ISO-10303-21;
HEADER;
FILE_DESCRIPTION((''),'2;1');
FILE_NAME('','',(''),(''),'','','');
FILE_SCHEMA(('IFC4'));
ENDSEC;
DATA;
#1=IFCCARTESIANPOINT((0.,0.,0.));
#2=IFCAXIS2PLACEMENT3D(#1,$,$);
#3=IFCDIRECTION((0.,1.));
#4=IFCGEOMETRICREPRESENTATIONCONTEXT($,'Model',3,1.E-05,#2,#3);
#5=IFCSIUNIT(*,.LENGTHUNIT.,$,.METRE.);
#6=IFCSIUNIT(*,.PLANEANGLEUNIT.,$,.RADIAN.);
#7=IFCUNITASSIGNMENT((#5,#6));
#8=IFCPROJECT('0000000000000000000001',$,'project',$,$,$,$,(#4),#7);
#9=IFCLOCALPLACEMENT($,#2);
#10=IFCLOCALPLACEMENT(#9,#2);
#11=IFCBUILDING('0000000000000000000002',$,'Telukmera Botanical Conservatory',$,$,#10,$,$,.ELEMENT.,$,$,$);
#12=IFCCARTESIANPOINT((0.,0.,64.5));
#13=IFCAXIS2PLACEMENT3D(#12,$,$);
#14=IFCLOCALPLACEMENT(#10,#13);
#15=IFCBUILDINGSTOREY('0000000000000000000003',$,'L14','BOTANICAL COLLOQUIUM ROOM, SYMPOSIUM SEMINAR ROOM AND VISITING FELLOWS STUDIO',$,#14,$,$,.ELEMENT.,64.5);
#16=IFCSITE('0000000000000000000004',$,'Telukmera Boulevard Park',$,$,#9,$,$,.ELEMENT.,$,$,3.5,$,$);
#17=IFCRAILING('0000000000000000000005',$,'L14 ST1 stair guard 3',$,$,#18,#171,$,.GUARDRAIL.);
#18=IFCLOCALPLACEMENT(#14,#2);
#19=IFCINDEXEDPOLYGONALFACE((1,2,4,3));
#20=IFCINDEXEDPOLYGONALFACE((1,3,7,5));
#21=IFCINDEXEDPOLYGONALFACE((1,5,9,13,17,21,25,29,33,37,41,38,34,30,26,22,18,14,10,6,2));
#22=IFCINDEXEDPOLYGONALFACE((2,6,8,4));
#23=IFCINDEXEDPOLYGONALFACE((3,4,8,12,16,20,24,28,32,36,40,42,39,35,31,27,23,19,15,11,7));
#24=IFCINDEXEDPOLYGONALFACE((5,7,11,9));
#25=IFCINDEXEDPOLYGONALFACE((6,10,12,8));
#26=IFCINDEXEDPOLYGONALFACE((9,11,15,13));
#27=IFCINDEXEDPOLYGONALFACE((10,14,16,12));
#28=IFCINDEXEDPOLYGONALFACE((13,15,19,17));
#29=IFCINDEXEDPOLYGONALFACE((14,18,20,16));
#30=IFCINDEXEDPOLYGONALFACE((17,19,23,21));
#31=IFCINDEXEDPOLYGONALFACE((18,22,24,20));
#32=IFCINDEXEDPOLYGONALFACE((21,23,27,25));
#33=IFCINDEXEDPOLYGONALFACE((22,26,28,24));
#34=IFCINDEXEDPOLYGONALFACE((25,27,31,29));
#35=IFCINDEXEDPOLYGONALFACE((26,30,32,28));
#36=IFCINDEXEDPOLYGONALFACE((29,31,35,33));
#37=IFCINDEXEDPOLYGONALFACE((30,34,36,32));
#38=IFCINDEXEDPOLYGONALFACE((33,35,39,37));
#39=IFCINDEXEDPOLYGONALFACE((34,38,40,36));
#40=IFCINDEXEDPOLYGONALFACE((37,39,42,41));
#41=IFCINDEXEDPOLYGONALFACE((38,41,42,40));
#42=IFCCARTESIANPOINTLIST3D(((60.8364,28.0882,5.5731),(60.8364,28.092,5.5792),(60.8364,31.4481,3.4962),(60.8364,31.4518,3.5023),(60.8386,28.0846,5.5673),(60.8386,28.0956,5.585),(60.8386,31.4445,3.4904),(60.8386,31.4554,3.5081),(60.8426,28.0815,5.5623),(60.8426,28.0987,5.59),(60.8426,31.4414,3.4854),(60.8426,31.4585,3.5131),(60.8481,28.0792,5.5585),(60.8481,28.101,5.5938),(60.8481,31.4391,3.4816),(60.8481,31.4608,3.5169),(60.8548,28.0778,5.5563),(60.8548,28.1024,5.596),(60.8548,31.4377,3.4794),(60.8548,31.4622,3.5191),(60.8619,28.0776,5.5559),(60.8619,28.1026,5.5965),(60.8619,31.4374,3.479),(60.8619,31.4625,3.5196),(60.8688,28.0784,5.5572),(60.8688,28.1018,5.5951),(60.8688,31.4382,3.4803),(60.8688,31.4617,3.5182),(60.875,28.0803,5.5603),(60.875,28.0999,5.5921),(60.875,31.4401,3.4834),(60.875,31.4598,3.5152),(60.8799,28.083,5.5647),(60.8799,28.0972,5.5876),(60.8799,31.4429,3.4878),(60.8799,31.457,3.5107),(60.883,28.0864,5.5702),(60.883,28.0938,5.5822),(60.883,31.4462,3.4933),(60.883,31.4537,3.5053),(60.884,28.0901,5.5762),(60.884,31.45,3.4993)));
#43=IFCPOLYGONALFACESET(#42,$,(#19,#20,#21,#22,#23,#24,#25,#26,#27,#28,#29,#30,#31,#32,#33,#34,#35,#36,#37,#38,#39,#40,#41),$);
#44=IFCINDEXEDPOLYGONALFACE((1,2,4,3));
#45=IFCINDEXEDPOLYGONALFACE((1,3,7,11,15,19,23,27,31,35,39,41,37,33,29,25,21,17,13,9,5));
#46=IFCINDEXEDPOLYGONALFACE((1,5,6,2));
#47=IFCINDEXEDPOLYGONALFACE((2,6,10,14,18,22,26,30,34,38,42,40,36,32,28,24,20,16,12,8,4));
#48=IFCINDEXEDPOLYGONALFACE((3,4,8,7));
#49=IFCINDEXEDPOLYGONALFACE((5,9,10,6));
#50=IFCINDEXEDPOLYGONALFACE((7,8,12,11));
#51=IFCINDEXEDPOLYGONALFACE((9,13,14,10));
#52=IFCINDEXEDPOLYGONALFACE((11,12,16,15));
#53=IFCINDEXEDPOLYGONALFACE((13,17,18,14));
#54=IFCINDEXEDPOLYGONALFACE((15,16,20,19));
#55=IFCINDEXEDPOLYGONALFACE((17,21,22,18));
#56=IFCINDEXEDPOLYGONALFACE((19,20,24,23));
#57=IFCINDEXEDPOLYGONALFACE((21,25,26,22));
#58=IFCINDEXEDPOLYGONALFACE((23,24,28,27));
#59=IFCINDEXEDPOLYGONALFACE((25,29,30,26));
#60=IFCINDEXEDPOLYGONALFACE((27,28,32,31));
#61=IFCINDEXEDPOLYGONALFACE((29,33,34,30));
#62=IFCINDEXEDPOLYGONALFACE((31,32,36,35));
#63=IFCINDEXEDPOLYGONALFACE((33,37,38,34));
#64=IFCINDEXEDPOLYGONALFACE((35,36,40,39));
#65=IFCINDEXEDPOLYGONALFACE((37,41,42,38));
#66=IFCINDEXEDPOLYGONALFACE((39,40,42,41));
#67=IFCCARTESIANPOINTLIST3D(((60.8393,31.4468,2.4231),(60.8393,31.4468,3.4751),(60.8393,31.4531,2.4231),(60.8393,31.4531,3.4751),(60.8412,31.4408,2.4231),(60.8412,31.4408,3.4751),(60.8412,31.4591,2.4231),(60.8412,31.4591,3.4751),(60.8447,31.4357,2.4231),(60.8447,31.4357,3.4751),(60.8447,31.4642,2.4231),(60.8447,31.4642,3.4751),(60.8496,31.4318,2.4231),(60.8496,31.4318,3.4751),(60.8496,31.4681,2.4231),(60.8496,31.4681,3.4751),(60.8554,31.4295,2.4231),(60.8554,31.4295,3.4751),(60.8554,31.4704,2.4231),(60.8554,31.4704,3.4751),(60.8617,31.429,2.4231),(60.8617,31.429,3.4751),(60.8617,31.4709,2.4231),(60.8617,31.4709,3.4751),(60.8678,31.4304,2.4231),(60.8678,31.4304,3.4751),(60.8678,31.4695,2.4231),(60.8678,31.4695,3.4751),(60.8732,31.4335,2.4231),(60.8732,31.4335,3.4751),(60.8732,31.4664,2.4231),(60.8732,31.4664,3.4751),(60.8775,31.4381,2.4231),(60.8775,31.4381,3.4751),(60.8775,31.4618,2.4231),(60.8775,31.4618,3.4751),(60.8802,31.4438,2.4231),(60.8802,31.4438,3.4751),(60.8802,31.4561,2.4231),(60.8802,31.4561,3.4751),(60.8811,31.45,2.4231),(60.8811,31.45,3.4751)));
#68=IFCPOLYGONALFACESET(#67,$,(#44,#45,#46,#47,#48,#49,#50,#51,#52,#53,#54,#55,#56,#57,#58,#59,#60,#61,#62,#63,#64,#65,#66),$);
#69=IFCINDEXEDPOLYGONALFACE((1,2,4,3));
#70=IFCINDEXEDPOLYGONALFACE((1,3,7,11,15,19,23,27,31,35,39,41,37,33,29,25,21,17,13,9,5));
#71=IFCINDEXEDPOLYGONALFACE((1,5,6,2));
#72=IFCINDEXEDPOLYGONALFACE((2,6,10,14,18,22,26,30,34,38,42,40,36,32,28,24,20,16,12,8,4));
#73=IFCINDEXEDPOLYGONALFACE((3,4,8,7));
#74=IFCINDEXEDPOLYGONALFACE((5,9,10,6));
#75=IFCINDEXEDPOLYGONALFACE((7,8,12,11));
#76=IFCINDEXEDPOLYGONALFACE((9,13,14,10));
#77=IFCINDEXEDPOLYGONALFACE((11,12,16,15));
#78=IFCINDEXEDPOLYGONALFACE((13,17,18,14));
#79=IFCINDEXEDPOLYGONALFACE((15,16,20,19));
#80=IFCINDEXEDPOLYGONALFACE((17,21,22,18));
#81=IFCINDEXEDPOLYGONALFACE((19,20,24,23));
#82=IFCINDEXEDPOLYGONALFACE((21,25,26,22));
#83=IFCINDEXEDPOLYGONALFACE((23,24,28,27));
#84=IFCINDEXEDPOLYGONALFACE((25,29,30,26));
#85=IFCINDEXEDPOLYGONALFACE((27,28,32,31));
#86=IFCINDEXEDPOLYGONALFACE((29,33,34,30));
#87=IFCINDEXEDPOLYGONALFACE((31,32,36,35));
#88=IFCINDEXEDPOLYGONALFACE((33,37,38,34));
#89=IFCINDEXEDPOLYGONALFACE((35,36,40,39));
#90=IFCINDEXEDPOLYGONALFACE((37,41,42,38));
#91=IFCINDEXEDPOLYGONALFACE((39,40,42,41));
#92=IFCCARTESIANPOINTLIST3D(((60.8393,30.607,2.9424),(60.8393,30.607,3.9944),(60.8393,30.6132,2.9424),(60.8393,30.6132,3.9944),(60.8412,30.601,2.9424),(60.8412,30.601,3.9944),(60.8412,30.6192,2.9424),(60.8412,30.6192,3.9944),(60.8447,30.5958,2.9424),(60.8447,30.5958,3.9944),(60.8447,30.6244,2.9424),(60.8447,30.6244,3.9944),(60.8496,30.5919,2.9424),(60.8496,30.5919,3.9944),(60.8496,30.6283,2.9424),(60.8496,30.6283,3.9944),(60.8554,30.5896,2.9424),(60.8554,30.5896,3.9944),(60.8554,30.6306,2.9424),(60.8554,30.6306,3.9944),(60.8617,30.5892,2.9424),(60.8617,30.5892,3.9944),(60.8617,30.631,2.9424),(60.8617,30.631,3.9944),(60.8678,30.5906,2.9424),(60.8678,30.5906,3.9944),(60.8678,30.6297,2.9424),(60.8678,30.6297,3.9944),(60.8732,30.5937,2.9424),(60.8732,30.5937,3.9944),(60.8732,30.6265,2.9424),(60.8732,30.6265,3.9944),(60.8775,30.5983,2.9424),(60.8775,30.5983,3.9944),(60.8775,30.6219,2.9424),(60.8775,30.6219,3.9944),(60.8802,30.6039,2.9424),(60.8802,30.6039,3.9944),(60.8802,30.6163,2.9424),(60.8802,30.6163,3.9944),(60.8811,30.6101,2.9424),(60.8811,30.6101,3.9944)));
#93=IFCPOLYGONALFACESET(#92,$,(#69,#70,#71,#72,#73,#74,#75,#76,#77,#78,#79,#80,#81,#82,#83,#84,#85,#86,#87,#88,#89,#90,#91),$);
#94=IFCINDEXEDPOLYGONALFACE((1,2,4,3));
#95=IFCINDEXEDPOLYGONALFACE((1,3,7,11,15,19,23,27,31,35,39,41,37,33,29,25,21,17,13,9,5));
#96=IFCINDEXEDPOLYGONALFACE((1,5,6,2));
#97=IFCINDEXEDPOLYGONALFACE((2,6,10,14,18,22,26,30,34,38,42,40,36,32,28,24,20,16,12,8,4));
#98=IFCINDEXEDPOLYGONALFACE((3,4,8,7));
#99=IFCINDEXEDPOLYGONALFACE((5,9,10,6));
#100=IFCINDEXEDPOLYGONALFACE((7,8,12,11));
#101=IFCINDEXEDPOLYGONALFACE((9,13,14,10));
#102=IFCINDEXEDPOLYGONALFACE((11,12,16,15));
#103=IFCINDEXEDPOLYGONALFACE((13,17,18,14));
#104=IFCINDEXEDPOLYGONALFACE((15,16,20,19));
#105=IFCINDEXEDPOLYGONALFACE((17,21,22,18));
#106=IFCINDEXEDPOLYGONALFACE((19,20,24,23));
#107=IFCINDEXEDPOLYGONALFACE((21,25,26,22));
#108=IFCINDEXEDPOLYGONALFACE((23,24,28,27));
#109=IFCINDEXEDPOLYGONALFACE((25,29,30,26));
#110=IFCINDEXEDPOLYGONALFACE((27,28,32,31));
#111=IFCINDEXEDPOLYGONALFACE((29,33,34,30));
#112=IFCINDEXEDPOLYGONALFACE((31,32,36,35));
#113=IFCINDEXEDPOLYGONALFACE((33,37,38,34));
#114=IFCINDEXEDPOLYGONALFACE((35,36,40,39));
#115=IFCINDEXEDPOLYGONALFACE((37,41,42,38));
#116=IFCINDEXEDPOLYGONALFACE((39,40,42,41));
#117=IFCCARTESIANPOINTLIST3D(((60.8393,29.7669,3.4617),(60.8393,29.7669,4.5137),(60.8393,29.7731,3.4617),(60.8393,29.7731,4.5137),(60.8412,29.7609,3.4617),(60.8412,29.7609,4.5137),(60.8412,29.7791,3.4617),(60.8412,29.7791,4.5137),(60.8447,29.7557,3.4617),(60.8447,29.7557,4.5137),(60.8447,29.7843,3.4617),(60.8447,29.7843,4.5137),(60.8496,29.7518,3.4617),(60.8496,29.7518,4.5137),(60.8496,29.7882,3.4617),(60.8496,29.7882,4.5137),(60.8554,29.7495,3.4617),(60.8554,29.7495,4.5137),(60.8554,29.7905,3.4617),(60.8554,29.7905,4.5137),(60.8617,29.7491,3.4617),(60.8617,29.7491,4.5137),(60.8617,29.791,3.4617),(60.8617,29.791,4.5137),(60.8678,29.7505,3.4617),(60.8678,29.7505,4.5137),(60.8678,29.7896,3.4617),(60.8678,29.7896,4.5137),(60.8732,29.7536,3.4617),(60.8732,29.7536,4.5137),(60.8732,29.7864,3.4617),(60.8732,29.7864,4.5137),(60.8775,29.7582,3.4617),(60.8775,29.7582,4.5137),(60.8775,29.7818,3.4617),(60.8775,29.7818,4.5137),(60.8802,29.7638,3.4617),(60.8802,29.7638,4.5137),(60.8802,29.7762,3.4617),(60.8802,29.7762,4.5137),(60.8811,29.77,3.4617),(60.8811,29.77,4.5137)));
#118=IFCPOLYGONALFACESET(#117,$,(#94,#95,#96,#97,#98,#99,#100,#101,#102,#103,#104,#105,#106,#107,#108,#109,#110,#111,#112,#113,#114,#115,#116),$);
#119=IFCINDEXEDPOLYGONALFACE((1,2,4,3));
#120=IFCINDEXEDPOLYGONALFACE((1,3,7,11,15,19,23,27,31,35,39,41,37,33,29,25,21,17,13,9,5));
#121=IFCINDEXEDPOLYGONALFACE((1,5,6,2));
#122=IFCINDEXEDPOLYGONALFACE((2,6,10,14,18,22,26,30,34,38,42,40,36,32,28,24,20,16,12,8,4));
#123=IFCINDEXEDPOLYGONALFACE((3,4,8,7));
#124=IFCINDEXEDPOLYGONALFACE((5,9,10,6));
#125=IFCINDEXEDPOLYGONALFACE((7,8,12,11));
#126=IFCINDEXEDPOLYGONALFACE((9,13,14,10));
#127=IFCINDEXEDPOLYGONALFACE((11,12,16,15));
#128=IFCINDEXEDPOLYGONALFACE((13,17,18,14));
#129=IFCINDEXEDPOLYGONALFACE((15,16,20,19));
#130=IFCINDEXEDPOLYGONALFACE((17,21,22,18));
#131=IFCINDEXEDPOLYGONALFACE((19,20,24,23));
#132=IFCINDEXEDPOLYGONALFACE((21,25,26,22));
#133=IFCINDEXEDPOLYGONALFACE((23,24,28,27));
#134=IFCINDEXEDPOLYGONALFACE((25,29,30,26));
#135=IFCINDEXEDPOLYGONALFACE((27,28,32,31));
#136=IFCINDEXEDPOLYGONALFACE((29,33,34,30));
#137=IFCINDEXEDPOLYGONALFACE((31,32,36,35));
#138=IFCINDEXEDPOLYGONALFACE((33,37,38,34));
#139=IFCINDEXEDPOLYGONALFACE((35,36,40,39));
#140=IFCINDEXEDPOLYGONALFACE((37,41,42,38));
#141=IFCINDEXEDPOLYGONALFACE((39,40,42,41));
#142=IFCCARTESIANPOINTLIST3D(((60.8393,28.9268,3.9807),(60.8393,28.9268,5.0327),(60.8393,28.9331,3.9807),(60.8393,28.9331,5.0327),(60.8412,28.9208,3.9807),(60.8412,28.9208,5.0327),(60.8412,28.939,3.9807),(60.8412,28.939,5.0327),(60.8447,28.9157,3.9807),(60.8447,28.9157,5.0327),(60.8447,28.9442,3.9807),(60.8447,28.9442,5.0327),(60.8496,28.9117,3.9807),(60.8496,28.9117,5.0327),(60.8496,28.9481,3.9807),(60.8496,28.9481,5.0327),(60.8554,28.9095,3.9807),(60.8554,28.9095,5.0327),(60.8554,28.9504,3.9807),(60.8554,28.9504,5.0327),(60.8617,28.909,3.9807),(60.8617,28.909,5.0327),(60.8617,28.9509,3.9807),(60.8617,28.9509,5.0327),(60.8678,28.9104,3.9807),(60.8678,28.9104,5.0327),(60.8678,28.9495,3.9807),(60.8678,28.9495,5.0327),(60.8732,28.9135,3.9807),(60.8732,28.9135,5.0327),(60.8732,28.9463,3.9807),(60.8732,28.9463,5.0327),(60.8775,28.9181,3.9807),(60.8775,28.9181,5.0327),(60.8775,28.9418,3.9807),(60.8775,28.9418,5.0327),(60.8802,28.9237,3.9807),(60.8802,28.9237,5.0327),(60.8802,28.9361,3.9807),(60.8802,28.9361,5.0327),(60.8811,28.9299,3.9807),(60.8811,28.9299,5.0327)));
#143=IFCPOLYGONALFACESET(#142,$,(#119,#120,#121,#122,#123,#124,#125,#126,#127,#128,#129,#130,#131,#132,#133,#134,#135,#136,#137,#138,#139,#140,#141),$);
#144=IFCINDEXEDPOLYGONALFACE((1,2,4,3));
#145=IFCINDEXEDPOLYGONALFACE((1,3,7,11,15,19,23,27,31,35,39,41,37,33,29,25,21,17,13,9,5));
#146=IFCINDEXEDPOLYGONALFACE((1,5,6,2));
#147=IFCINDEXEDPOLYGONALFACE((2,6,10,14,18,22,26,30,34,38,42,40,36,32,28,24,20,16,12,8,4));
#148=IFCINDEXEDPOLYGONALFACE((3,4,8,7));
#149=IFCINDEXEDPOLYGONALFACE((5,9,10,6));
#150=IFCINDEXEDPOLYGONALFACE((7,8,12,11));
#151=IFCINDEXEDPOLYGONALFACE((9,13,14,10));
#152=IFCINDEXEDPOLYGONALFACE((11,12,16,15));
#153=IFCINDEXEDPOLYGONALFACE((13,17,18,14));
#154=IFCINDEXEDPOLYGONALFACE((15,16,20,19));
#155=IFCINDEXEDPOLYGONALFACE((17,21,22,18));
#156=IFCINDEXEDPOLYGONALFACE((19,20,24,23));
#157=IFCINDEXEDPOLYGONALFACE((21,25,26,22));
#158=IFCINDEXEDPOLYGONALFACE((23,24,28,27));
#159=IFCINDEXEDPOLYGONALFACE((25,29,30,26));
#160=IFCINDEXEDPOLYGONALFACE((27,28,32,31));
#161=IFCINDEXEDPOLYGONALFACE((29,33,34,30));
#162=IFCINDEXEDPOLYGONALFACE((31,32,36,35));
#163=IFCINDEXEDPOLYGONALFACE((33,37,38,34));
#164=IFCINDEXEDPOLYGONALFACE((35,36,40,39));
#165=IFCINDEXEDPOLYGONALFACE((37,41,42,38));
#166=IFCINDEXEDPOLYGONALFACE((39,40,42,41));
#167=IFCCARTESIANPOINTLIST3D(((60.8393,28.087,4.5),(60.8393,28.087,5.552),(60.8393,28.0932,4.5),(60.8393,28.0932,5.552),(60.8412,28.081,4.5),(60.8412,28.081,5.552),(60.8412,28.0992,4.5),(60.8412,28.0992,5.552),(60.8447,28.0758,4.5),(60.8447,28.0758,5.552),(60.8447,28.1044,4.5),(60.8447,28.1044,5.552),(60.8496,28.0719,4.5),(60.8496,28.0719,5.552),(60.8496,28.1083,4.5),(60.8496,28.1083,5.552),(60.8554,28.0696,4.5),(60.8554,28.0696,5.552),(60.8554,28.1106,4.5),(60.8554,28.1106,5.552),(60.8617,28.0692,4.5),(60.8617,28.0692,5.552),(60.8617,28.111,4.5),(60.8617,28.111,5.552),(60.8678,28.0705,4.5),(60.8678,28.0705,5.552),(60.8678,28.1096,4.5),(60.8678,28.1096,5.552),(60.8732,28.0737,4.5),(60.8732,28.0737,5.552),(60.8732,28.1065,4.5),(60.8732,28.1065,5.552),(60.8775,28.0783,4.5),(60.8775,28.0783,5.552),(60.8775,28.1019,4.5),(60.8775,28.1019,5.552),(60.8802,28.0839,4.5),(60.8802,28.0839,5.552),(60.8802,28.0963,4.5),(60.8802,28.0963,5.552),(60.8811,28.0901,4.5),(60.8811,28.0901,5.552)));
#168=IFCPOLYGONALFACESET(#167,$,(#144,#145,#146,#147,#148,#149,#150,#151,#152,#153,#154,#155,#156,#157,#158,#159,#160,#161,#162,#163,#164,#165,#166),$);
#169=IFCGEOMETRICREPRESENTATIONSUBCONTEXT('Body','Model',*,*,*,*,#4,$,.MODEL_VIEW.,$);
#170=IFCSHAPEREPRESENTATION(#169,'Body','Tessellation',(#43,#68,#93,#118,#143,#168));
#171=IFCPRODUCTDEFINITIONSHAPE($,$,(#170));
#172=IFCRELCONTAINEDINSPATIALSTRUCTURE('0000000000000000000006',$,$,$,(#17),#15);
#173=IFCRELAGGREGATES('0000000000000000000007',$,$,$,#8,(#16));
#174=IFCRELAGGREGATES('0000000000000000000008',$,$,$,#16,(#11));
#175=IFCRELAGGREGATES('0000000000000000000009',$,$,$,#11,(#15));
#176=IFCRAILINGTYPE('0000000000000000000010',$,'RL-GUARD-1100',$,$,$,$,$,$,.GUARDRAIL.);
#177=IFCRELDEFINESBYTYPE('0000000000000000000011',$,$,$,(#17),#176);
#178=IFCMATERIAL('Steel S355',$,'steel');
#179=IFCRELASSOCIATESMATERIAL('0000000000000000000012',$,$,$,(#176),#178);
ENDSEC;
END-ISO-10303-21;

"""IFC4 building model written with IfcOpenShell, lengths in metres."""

from ifc_helpers import new_model, si_unit, direction, frame, origin, origin_2d, place, context, subcontext, project, spatial, circle, extrude, material, type_object, element, save


model = new_model("IFC4")

# Units and contexts
model_context = context("Model", 3, precision=1e-05, world=origin(), true_north=direction((0.0, 1.0)))
body_context = subcontext(model_context, "Body", "Model", "MODEL_VIEW")
ifc_project = project(units=[si_unit("LENGTHUNIT", "METRE"), si_unit("PLANEANGLEUNIT", "RADIAN")], contexts=[model_context])

# Site, building, storey
site_placement = place(None, origin())
site = spatial("IfcSite", under=ifc_project, at=site_placement, Name="Telukmera Boulevard Park", CompositionType="ELEMENT", RefElevation=3.5)
building_placement = place(site_placement, origin())
building = spatial("IfcBuilding", under=site, at=building_placement, Name="Telukmera Botanical Conservatory", CompositionType="ELEMENT")
storey_placement = place(building_placement, frame((0.0, 0.0, 64.5)))
storey = spatial("IfcBuildingStorey", under=building, at=storey_placement, Name="L14", Description="BOTANICAL COLLOQUIUM ROOM, SYMPOSIUM SEMINAR ROOM AND VISITING FELLOWS STUDIO", CompositionType="ELEMENT", Elevation=64.5)

# Railing
ifc_material_1 = material(Name="Steel S355", Category="steel")
railing_type_1 = type_object("IfcRailingType", Name="RL-GUARD-1100", PredefinedType="GUARDRAIL", material=ifc_material_1)
railing_1_placement = place(storey_placement, frame((60.8601, 31.45, 2.4231)))
element("IfcRailing", 1, at=railing_1_placement, inside=storey, type_object=railing_type_1, Name="L14 ST1 stair guard 3", PredefinedType="GUARDRAIL", context=body_context, shape_type="SweptSolid", body=[
    extrude(circle(Radius=0.0239, at=origin_2d()), frame((0.0, 0.0, 1.0762), z_axis=(0.0, -0.850606, 0.525803), x_axis=(1.0, 0.0, 0.0)), (0.0, 0.0, 1.0), 3.95),
    extrude(circle(Radius=0.021, at=origin_2d()), origin(), (0.0, 0.0, 1.0), 1.052),
    extrude(circle(Radius=0.021, at=origin_2d()), frame((0.0, -0.8398, 0.5193)), (0.0, 0.0, 1.0), 1.052),
    extrude(circle(Radius=0.021, at=origin_2d()), frame((0.0, -1.6799, 1.0386)), (0.0, 0.0, 1.0), 1.052),
    extrude(circle(Radius=0.021, at=origin_2d()), frame((0.0, -2.52, 1.5576)), (0.0, 0.0, 1.0), 1.052),
    extrude(circle(Radius=0.021, at=origin_2d()), frame((0.0, -3.3599, 2.0769)), (0.0, 0.0, 1.0), 1.052),
])

save(model, "model.ifc")
